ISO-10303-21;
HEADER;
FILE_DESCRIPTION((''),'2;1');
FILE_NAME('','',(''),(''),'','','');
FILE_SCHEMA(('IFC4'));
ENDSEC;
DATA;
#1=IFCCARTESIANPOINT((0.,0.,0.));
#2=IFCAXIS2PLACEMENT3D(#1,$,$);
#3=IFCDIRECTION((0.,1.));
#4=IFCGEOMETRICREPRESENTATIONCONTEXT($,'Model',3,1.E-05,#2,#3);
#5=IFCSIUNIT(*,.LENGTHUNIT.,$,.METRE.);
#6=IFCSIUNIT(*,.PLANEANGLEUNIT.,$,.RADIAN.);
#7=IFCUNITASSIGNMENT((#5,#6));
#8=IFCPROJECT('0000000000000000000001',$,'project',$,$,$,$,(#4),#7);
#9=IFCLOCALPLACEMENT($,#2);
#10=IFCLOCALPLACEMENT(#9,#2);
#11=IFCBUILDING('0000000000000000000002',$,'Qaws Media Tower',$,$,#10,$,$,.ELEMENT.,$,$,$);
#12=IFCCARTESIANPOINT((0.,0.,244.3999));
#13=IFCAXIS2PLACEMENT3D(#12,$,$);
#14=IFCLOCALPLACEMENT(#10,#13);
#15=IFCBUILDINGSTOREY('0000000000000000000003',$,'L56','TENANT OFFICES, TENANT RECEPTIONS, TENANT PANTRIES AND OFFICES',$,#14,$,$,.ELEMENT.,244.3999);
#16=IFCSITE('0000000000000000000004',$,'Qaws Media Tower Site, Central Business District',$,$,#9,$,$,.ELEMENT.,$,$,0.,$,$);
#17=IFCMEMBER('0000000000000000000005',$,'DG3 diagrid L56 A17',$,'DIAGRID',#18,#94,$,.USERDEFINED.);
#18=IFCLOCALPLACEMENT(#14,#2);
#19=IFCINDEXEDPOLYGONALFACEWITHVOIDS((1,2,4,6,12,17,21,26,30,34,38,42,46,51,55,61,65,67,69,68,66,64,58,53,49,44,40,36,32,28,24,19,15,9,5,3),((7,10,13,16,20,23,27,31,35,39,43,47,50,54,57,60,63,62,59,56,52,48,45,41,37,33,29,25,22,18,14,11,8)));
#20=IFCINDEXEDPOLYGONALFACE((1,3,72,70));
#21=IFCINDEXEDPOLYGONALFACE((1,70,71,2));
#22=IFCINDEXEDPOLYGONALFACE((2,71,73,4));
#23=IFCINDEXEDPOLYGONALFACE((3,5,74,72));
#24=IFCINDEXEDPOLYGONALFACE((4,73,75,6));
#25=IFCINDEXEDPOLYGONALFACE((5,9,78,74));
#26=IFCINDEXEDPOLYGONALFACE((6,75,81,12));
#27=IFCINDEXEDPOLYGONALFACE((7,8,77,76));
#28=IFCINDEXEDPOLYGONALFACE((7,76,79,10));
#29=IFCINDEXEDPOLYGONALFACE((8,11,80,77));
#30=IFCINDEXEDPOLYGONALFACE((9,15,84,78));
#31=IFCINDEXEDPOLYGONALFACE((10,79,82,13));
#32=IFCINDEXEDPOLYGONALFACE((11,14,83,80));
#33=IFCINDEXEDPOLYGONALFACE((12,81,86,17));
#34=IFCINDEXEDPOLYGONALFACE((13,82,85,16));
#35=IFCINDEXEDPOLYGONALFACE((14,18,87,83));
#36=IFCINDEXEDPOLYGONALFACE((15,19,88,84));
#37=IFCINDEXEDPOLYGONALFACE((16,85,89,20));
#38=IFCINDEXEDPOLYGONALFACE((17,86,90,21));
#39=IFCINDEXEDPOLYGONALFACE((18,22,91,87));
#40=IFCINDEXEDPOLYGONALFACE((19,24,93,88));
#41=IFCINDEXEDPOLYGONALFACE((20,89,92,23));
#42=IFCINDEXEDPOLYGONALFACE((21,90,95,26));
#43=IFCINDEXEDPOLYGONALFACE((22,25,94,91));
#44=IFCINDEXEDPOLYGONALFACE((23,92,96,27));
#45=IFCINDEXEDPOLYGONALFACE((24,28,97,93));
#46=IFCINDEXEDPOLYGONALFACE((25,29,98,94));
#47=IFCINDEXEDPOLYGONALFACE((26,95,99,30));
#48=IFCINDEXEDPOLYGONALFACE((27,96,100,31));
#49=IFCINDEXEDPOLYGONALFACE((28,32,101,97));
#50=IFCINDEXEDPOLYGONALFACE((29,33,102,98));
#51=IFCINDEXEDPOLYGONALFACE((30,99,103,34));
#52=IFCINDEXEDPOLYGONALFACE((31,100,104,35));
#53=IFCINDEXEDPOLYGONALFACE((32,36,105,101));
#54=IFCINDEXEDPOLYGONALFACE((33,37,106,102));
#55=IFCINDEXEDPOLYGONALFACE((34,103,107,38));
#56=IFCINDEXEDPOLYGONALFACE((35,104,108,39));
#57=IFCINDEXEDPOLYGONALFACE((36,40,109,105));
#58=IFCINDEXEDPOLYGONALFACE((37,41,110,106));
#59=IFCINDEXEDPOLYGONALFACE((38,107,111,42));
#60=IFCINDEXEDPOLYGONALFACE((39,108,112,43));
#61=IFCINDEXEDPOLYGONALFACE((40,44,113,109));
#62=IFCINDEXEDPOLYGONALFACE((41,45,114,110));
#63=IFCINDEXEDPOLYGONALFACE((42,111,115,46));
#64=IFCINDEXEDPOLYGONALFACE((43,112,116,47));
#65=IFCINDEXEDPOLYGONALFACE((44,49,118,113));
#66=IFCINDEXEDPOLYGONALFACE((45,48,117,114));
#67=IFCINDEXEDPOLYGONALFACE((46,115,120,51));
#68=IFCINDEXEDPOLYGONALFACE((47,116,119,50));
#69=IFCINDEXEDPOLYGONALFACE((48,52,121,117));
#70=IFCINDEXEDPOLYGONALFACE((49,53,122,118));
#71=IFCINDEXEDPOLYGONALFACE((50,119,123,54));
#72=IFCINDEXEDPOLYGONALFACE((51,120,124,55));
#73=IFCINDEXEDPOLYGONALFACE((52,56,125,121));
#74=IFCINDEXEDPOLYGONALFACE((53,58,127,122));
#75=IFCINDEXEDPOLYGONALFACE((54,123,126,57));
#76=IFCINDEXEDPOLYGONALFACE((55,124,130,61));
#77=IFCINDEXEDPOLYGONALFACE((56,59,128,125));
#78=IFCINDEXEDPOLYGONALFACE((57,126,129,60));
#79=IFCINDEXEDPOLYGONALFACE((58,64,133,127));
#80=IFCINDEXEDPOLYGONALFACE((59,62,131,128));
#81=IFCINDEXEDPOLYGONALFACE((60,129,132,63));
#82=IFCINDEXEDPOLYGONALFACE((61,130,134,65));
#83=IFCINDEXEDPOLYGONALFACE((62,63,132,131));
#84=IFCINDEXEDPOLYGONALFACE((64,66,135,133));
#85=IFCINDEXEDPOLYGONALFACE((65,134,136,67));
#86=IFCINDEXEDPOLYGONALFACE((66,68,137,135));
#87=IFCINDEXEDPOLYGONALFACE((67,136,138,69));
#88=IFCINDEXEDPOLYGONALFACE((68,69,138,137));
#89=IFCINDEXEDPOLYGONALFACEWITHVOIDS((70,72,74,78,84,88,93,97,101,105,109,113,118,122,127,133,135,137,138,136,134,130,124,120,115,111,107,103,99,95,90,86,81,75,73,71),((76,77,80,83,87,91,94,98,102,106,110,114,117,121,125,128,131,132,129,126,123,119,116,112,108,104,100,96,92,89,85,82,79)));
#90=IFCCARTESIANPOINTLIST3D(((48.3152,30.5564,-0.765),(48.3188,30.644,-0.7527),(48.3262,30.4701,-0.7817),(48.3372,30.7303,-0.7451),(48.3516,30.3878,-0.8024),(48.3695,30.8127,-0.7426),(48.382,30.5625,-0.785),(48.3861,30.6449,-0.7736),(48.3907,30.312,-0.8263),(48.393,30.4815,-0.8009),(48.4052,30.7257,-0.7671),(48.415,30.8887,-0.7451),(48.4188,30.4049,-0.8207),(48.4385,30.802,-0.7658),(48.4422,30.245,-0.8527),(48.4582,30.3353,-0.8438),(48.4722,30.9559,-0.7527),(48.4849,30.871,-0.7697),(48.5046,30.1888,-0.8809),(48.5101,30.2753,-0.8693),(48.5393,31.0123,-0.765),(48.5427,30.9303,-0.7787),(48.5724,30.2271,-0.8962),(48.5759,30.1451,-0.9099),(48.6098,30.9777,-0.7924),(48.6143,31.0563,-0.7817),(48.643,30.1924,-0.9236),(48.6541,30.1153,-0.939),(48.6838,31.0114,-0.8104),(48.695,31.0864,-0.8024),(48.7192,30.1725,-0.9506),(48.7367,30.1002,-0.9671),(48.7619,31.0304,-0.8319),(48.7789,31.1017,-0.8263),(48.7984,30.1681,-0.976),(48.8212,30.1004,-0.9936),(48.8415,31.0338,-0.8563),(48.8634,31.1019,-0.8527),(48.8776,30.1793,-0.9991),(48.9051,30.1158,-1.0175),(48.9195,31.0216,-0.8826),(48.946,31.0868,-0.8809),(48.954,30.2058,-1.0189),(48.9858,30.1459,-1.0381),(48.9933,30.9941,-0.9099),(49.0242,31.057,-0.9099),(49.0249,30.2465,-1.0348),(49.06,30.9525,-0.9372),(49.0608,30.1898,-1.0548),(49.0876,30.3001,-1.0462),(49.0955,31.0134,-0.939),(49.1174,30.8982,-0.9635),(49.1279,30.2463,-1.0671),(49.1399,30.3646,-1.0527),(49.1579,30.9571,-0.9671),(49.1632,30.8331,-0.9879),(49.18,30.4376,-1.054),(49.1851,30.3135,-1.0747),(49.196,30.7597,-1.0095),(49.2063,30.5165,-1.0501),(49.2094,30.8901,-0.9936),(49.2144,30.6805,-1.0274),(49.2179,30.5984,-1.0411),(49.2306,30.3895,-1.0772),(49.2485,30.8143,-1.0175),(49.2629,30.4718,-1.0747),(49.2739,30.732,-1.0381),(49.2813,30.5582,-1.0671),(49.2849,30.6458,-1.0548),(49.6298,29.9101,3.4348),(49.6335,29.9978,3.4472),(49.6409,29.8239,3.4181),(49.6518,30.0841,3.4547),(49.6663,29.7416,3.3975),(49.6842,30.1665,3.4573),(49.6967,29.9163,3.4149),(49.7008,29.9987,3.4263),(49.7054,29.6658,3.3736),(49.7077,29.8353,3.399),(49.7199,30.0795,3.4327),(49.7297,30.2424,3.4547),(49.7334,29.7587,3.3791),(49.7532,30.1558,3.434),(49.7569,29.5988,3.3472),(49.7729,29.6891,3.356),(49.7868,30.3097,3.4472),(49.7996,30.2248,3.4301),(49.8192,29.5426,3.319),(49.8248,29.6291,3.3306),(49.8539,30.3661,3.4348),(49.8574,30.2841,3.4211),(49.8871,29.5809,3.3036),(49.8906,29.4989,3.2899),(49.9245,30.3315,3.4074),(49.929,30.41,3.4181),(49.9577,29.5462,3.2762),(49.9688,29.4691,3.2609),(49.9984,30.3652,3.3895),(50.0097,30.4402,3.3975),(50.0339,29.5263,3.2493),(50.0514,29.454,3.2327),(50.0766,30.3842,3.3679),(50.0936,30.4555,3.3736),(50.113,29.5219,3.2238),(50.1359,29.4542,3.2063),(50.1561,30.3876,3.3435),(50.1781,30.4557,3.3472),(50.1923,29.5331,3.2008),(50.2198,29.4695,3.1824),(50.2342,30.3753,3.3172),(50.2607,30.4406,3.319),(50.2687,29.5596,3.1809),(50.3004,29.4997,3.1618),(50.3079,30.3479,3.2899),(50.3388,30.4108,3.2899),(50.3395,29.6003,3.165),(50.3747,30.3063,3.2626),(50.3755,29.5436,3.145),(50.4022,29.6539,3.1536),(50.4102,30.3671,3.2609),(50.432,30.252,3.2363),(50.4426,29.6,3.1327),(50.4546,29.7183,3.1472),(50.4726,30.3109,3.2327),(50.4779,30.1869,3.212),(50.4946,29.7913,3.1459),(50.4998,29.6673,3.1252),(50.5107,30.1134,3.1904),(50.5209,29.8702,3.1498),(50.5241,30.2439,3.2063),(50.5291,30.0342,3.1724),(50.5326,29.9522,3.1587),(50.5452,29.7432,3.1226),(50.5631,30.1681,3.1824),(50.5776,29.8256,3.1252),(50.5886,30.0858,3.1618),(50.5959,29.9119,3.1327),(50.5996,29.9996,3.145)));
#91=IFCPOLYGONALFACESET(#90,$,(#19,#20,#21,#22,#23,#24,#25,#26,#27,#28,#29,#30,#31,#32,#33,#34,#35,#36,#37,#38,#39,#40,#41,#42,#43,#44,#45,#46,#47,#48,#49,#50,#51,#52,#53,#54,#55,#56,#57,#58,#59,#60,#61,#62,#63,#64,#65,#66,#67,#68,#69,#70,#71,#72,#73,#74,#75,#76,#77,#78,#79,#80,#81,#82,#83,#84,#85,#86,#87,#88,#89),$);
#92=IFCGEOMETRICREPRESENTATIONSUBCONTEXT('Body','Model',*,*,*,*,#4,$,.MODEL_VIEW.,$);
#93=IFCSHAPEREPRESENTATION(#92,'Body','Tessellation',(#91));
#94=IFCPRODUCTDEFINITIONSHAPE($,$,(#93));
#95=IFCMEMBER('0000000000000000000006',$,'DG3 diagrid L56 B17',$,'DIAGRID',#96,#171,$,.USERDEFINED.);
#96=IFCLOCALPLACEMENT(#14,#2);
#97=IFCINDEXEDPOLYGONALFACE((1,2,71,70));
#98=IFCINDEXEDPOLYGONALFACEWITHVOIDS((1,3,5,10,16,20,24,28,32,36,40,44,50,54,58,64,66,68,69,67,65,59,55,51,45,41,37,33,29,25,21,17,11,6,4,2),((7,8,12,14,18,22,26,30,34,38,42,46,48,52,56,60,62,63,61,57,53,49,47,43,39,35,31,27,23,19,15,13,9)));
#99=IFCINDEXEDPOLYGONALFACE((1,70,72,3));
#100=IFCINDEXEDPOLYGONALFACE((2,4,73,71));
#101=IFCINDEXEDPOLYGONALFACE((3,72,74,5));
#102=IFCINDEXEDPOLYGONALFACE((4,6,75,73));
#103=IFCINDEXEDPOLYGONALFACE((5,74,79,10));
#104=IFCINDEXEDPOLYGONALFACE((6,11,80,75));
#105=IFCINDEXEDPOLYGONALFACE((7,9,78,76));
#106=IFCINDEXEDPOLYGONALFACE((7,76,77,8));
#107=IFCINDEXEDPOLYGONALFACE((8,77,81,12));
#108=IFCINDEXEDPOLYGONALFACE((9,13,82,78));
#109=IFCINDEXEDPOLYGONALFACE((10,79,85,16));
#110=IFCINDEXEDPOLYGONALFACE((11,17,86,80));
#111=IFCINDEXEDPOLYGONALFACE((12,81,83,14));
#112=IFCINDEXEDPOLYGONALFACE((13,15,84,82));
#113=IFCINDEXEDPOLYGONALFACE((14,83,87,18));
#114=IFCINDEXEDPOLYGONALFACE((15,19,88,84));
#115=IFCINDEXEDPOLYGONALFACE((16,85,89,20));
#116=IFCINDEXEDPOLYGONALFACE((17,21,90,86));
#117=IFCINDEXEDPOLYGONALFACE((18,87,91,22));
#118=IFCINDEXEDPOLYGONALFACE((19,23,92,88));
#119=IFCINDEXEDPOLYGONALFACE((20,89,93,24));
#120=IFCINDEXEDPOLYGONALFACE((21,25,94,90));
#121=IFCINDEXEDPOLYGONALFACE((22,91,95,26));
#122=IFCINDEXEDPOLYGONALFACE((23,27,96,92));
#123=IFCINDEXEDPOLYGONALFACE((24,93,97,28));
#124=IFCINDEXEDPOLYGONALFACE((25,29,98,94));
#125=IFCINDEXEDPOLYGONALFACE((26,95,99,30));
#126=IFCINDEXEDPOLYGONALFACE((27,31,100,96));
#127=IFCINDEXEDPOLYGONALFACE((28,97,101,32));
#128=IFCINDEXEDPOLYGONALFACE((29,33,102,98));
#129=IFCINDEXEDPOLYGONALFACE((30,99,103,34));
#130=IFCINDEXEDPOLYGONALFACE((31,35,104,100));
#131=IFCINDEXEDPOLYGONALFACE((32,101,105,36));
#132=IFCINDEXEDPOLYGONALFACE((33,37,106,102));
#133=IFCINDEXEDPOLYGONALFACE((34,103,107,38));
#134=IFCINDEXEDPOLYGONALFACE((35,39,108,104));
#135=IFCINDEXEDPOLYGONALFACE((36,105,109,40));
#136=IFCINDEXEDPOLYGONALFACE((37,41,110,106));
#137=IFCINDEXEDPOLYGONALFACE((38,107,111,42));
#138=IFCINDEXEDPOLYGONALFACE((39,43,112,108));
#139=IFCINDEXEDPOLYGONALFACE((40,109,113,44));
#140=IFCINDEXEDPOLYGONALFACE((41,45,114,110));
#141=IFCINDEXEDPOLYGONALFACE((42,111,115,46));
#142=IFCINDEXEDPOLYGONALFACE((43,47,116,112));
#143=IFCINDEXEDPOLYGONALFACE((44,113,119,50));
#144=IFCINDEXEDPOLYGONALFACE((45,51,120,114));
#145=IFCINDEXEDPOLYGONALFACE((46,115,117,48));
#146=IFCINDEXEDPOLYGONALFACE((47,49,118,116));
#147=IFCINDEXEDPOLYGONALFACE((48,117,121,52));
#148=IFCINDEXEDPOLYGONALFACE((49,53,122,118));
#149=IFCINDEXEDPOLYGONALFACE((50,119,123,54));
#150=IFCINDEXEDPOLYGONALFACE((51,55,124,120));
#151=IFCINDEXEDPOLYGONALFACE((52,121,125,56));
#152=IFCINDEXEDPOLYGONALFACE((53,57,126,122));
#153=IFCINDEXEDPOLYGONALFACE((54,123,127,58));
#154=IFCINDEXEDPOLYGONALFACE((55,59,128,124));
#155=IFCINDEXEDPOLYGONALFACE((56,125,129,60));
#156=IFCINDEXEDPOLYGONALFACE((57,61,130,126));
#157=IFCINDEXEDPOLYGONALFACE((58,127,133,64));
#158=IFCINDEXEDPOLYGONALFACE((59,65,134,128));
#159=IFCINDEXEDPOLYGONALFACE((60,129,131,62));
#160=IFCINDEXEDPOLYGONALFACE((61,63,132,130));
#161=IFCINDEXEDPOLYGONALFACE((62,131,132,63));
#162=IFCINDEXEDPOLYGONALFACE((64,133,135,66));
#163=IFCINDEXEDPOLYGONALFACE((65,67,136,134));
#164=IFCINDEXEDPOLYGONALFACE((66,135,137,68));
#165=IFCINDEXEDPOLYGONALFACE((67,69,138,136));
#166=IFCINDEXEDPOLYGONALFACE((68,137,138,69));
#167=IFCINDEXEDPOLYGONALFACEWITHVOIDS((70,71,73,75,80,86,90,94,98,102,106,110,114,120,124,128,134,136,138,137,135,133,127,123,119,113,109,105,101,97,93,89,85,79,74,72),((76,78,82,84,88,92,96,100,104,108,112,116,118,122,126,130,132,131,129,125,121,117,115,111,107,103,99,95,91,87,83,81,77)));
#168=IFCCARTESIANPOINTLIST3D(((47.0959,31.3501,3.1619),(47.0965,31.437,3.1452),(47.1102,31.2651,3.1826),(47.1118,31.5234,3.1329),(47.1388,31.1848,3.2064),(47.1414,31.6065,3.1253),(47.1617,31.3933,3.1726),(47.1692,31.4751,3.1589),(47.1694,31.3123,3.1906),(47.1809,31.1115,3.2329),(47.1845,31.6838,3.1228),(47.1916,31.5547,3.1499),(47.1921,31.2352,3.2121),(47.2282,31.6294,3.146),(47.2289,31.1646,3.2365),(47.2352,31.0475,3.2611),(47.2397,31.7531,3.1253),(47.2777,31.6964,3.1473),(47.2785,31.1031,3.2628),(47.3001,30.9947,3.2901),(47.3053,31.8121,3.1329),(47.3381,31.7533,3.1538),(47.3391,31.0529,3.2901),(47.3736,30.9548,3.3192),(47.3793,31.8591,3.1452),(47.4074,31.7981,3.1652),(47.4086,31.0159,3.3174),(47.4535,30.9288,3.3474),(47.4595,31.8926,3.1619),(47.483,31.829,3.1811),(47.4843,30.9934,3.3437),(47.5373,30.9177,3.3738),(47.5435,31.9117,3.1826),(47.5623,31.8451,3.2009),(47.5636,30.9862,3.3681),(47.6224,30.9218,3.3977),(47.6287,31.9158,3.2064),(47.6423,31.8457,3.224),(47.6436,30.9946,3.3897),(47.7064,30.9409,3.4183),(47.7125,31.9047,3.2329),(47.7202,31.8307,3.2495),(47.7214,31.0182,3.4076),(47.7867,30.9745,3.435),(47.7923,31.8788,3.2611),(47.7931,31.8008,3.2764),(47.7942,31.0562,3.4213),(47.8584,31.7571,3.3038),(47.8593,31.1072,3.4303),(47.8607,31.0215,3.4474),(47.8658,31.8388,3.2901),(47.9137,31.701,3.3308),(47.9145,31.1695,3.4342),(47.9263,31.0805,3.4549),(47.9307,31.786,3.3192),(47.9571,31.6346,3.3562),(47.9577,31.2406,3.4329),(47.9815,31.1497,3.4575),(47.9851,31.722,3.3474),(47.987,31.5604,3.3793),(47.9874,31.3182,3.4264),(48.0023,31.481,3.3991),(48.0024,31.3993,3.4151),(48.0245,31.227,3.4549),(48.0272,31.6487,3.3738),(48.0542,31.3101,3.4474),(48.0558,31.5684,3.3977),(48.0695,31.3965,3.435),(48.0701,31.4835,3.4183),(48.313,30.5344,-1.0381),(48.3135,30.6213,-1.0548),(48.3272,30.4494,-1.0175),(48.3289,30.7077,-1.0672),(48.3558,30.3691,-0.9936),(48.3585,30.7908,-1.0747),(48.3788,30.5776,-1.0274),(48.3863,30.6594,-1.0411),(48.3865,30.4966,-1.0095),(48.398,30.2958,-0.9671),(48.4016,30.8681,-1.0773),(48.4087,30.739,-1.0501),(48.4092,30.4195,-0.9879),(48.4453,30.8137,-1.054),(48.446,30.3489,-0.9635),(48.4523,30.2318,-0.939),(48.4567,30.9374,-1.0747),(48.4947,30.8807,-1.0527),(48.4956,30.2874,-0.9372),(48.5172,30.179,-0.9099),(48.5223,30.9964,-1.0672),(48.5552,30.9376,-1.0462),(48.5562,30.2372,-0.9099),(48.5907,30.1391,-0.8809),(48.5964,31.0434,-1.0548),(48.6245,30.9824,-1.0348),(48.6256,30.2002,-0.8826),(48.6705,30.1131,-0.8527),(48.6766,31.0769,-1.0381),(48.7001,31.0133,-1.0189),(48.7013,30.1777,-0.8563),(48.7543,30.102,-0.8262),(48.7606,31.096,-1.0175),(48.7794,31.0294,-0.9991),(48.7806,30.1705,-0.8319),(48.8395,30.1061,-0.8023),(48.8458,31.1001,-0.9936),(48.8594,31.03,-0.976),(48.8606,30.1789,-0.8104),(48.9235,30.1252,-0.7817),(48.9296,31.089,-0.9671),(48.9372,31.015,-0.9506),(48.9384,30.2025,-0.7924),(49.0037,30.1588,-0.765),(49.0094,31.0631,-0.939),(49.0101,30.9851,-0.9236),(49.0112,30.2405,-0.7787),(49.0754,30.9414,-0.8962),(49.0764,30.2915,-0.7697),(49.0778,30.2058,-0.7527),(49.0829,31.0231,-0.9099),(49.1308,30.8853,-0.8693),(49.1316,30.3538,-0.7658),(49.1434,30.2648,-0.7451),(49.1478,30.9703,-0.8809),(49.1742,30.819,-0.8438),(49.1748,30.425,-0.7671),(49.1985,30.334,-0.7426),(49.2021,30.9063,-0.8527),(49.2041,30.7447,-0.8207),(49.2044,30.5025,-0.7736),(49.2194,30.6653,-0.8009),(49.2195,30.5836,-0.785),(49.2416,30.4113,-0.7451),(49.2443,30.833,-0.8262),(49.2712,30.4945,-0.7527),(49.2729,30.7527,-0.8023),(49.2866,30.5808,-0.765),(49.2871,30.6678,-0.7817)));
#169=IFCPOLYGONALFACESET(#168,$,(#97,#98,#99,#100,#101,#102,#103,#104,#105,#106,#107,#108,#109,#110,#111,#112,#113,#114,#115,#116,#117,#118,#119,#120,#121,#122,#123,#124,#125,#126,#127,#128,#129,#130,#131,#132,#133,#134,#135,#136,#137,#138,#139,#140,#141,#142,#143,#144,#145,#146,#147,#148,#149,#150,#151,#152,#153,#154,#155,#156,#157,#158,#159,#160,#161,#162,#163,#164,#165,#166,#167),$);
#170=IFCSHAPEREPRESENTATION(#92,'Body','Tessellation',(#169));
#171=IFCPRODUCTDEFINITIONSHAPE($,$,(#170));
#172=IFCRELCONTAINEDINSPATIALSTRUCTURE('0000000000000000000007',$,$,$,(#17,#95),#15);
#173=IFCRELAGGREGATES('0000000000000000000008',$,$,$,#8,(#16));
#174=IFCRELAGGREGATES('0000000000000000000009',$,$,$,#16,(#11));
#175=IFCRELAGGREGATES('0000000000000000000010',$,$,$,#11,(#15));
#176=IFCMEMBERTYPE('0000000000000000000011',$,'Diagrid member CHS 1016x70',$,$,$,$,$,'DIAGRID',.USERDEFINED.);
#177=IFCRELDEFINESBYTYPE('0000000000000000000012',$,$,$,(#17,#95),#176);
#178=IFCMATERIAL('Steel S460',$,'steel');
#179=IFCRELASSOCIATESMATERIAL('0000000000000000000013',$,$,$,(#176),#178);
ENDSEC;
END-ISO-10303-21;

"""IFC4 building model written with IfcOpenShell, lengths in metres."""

from ifc_helpers import new_model, si_unit, direction, frame, origin, origin_2d, place, context, subcontext, project, spatial, hollow_circle, extrude, material, material_profile, profile_set, type_object, element, save


model = new_model("IFC4")

# Units and contexts
model_context = context("Model", 3, precision=1e-05, world=origin(), true_north=direction((0.0, 1.0)))
body_context = subcontext(model_context, "Body", "Model", "MODEL_VIEW")
ifc_project = project(units=[si_unit("LENGTHUNIT", "METRE"), si_unit("PLANEANGLEUNIT", "RADIAN")], contexts=[model_context])

# Site, building, storey
site_placement = place(None, origin())
site = spatial("IfcSite", under=ifc_project, at=site_placement, Name="Qaws Media Tower Site, Central Business District", CompositionType="ELEMENT", RefElevation=0.0)
building_placement = place(site_placement, origin())
building = spatial("IfcBuilding", under=site, at=building_placement, Name="Qaws Media Tower", CompositionType="ELEMENT")
storey_placement = place(building_placement, frame((0.0, 0.0, 244.3999)))
storey = spatial("IfcBuildingStorey", under=building, at=storey_placement, Name="L56", Description="TENANT OFFICES, TENANT RECEPTIONS, TENANT PANTRIES AND OFFICES", CompositionType="ELEMENT", Elevation=244.3999)

# Members
ifc_material_1 = material(Name="Steel S460", Category="steel")
ifc_material_profile_1 = material_profile(ifc_material_1, hollow_circle(Radius=0.5081, WallThickness=0.0701, at=origin_2d()), Name="CHS 1016x70")
ifc_profile_set_1 = profile_set([ifc_material_profile_1], Name="Steel S460")
member_type_1 = type_object("IfcMemberType", Name="Diagrid member CHS 1016x70", ElementType="DIAGRID", PredefinedType="USERDEFINED", material=ifc_profile_set_1)
member_1_placement = place(storey_placement, frame((48.8, 30.6011, -0.9099), z_axis=(0.295563, -0.145284, 0.944211), x_axis=(0.441137, 0.89744, 0.0)))
element("IfcMember", 1, at=member_1_placement, inside=storey, type_object=member_type_1, Name="DG3 diagrid L56 A17", ObjectType="DIAGRID", PredefinedType="USERDEFINED", context=body_context, shape_type="SweptSolid", body=[
    extrude(hollow_circle(Radius=0.5081, WallThickness=0.0701, at=origin_2d()), origin(), (0.0, 0.0, 1.0), 4.448),
])
for number, where, z_axis, x_axis, name in (
    (2, (48.8, 30.6011, -0.9099), (-0.273606, 0.183373, 0.9442), (-0.556737, -0.830689, 0.0), "DG3 diagrid L56 B17"),
):
    element("IfcMember", number, at=place(storey_placement, frame(where, z_axis=z_axis, x_axis=x_axis)), inside=storey, type_object=member_type_1, Name=name, ObjectType="DIAGRID", PredefinedType="USERDEFINED", context=body_context, shape_type="SweptSolid", body=[
        extrude(hollow_circle(Radius=0.5081, WallThickness=0.0701, at=origin_2d()), origin(), (0.0, 0.0, 1.0), 4.4482),
    ])

save(model, "model.ifc")
